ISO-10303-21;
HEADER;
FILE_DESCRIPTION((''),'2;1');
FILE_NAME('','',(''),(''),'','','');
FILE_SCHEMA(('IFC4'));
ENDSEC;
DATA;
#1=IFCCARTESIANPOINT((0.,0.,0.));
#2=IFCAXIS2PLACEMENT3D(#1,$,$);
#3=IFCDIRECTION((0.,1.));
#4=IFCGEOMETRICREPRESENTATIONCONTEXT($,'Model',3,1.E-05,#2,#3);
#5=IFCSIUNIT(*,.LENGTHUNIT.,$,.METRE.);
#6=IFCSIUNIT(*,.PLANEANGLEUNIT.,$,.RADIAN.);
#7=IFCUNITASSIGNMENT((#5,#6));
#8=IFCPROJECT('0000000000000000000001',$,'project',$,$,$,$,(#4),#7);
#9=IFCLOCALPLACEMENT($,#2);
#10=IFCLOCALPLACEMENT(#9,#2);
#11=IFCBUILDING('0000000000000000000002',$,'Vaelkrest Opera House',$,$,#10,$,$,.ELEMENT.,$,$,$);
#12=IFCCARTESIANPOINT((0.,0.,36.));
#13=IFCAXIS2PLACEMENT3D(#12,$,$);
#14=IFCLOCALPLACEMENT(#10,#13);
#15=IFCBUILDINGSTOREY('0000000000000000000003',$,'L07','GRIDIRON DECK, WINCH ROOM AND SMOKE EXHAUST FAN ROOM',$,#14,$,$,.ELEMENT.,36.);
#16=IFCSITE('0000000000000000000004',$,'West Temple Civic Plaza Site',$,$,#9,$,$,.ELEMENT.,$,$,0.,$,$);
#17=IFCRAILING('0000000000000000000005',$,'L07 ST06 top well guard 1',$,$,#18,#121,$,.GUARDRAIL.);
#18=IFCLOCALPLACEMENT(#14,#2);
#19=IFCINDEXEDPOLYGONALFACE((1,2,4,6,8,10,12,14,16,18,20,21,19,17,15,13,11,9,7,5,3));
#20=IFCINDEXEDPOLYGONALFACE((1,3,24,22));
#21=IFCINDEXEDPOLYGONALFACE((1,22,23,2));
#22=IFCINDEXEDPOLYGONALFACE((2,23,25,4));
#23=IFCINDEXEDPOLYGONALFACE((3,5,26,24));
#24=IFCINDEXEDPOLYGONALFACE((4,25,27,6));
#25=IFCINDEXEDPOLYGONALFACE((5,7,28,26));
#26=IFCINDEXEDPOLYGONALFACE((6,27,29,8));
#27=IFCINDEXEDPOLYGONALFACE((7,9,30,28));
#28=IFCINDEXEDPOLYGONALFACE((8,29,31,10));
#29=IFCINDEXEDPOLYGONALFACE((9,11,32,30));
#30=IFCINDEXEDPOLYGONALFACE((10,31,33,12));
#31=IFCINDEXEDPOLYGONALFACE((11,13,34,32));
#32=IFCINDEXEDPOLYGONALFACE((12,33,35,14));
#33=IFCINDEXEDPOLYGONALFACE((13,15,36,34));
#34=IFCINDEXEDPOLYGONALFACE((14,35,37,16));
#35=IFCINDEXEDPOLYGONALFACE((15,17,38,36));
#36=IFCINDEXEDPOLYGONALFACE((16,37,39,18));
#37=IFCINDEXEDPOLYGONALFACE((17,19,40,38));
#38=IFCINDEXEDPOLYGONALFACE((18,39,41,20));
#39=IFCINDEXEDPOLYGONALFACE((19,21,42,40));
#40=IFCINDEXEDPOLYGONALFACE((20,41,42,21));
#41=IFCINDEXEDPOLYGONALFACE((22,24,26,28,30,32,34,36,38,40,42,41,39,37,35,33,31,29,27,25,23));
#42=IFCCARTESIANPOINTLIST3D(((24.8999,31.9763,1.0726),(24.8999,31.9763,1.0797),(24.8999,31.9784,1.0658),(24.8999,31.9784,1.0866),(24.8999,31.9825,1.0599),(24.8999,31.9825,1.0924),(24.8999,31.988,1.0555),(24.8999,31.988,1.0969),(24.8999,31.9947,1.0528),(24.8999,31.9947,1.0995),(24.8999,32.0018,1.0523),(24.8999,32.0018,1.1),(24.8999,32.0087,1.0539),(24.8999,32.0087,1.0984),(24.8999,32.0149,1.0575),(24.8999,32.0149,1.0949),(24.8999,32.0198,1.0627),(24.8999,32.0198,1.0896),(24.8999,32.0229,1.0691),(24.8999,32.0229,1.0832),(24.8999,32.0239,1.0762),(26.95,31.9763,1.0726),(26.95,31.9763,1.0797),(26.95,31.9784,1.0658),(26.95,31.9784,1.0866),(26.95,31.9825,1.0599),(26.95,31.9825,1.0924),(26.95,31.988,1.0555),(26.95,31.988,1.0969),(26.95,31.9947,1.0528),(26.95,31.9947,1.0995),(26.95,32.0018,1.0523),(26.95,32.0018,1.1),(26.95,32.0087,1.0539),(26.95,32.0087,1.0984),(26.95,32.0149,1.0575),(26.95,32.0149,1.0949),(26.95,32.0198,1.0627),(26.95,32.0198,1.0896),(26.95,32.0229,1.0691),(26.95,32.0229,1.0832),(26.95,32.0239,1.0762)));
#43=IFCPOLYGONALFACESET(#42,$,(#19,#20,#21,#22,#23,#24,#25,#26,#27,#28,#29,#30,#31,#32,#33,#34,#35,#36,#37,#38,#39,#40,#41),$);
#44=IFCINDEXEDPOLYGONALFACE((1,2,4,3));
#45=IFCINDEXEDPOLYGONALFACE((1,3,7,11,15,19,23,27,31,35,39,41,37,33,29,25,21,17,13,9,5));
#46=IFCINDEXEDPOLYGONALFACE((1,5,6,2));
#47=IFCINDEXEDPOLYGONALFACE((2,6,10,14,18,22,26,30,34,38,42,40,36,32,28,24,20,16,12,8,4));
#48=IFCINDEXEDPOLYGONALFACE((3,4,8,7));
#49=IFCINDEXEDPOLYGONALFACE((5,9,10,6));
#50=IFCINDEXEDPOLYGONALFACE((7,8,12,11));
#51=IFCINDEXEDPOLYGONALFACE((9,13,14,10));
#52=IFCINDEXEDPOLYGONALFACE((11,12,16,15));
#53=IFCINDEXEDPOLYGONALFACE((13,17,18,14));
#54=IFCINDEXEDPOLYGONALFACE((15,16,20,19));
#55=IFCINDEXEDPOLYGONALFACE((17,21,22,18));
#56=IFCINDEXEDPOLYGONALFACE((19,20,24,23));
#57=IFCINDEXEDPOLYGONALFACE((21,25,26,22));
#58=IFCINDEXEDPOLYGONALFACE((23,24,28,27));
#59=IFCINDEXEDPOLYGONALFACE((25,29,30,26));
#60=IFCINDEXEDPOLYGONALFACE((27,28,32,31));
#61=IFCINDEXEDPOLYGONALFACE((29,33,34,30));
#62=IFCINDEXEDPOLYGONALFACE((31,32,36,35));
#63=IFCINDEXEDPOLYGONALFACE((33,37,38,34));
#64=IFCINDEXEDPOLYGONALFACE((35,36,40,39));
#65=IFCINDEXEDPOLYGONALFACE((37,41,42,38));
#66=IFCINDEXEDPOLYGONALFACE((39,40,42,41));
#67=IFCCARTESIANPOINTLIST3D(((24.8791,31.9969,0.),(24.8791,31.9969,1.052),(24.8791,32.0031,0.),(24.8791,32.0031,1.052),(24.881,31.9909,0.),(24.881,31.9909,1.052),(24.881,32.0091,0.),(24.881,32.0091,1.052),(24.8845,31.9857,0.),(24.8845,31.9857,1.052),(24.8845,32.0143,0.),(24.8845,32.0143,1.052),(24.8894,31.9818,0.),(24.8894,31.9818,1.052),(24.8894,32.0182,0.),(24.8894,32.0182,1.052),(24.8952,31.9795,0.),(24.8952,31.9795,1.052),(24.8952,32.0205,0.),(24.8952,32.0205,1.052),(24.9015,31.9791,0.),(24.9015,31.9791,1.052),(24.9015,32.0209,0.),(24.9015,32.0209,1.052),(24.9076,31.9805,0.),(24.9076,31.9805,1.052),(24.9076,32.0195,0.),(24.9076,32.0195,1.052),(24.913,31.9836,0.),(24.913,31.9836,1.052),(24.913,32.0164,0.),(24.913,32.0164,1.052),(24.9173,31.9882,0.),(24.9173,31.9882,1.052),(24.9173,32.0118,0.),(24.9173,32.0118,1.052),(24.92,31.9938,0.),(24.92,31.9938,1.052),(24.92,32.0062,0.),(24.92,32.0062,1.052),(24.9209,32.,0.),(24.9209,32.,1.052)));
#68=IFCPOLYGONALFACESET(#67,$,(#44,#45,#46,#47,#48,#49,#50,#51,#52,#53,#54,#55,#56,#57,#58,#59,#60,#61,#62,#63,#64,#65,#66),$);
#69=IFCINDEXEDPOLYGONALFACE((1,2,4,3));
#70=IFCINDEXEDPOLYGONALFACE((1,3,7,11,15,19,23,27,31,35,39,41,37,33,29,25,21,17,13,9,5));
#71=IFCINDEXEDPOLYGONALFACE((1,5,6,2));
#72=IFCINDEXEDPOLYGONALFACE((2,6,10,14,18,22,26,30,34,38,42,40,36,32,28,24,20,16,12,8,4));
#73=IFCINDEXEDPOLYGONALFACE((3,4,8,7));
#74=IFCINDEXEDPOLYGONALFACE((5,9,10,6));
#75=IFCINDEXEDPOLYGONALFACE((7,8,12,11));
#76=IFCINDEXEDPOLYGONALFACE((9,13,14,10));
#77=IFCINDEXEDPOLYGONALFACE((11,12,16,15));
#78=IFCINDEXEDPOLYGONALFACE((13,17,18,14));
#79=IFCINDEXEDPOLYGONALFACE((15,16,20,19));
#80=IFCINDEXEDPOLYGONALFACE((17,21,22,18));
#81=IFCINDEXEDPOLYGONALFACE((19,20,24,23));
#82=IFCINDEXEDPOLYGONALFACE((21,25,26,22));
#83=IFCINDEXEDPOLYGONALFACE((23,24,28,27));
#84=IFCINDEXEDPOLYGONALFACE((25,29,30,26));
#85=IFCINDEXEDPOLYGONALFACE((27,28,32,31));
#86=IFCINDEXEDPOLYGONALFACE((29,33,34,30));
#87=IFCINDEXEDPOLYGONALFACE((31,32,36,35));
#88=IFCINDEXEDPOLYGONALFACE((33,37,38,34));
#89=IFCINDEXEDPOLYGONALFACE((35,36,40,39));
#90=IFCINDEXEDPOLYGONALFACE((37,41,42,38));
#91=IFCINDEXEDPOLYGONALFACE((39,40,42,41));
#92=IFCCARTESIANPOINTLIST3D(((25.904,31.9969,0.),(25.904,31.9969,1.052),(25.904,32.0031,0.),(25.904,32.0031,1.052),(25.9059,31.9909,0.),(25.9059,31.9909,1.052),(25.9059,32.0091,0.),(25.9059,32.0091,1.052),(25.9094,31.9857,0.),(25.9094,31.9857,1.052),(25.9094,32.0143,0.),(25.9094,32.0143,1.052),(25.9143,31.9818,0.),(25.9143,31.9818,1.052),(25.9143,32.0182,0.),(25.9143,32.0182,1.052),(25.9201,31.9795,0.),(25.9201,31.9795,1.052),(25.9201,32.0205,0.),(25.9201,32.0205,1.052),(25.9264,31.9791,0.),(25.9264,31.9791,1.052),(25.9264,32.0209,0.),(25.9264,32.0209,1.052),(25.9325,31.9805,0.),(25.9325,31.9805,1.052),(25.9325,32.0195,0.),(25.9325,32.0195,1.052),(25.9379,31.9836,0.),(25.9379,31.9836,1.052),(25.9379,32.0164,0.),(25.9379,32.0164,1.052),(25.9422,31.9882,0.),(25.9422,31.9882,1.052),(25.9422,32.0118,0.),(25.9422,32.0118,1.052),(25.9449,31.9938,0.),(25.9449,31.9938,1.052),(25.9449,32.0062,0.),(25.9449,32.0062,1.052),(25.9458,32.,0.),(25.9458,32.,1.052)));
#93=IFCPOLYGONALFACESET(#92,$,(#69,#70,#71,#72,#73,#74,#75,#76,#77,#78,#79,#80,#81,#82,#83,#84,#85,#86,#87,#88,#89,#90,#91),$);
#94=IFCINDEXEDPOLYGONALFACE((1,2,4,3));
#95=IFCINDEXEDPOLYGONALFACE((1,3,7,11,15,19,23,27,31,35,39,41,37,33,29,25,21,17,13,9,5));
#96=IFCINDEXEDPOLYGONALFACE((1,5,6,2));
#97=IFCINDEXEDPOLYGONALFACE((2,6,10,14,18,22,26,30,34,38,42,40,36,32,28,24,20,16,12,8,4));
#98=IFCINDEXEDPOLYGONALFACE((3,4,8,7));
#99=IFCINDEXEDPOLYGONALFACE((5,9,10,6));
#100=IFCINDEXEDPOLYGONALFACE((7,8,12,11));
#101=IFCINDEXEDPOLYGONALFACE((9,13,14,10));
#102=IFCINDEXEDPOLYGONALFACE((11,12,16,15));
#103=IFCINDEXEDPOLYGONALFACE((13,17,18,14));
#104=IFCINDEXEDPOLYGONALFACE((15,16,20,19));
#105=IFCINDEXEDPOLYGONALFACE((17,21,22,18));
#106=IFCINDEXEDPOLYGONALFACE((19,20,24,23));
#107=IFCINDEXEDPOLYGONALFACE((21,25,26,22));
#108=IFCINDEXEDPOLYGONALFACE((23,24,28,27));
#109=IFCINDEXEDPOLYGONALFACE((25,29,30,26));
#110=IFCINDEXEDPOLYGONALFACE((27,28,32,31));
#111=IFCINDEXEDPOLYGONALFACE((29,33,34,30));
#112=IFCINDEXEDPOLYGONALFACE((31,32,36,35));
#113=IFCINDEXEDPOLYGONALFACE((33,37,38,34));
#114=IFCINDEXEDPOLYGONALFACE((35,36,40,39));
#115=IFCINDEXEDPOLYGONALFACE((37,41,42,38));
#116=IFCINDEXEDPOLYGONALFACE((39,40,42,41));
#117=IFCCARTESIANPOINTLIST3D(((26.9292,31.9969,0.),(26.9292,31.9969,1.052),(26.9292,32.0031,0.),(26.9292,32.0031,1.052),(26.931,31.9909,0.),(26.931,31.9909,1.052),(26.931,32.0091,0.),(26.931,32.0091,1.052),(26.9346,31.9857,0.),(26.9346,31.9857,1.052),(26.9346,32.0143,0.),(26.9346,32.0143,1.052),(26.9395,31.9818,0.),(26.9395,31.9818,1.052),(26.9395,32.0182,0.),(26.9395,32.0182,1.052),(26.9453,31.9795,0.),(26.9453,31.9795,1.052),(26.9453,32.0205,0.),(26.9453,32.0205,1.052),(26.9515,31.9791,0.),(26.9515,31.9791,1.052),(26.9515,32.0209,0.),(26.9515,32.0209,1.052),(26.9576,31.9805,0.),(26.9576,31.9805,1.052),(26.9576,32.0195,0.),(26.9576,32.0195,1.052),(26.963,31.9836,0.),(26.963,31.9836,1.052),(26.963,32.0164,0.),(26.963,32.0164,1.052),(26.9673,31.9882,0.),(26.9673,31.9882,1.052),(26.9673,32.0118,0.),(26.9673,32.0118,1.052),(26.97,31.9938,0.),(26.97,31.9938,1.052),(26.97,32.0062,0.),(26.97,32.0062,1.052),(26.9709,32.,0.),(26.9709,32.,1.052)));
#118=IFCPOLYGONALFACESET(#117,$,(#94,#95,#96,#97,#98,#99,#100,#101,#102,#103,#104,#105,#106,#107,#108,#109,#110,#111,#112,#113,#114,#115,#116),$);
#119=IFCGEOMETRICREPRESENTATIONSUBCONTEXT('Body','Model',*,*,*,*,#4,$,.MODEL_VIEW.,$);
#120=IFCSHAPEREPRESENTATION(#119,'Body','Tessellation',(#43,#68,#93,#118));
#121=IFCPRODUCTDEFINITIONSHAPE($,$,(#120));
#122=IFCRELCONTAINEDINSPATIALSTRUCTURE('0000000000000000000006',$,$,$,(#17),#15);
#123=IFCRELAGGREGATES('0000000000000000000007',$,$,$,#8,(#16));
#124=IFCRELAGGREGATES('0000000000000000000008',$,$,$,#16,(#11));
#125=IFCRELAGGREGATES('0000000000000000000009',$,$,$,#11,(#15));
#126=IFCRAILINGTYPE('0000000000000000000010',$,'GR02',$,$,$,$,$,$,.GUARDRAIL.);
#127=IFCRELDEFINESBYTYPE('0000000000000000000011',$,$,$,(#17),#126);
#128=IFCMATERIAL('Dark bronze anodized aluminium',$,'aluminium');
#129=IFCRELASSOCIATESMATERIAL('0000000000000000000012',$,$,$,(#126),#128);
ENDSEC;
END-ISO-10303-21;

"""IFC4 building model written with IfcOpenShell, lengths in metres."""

from ifc_helpers import new_model, si_unit, direction, frame, origin, origin_2d, place, context, subcontext, project, spatial, circle, extrude, material, type_object, element, save


model = new_model("IFC4")

# Units and contexts
model_context = context("Model", 3, precision=1e-05, world=origin(), true_north=direction((0.0, 1.0)))
body_context = subcontext(model_context, "Body", "Model", "MODEL_VIEW")
ifc_project = project(units=[si_unit("LENGTHUNIT", "METRE"), si_unit("PLANEANGLEUNIT", "RADIAN")], contexts=[model_context])

# Site, building, storey
site_placement = place(None, origin())
site = spatial("IfcSite", under=ifc_project, at=site_placement, Name="West Temple Civic Plaza Site", CompositionType="ELEMENT", RefElevation=0.0)
building_placement = place(site_placement, origin())
building = spatial("IfcBuilding", under=site, at=building_placement, Name="Vaelkrest Opera House", CompositionType="ELEMENT")
storey_placement = place(building_placement, frame((0.0, 0.0, 36.0)))
storey = spatial("IfcBuildingStorey", under=building, at=storey_placement, Name="L07", Description="GRIDIRON DECK, WINCH ROOM AND SMOKE EXHAUST FAN ROOM", CompositionType="ELEMENT", Elevation=36.0)

# Railing
ifc_material_1 = material(Name="Dark bronze anodized aluminium", Category="aluminium")
railing_type = type_object("IfcRailingType", Name="GR02", PredefinedType="GUARDRAIL", material=ifc_material_1)
railing_placement = place(storey_placement, frame((24.8999, 32.0, 0.0)))
element("IfcRailing", 1, at=railing_placement, inside=storey, type_object=railing_type, Name="L07 ST06 top well guard 1", PredefinedType="GUARDRAIL", context=body_context, shape_type="SweptSolid", body=[
    extrude(circle(Radius=0.0239, at=origin_2d()), frame((0.0, 0.0, 1.0762), z_axis=(1.0, 0.0, 0.0), x_axis=(0.0, 1.0, 0.0)), (0.0, 0.0, 1.0), 2.05),
    extrude(circle(Radius=0.021, at=origin_2d()), origin(), (0.0, 0.0, 1.0), 1.052),
    extrude(circle(Radius=0.021, at=origin_2d()), frame((1.0249, 0.0, 0.0)), (0.0, 0.0, 1.0), 1.052),
    extrude(circle(Radius=0.021, at=origin_2d()), frame((2.05, 0.0, 0.0)), (0.0, 0.0, 1.0), 1.052),
])

save(model, "model.ifc")
